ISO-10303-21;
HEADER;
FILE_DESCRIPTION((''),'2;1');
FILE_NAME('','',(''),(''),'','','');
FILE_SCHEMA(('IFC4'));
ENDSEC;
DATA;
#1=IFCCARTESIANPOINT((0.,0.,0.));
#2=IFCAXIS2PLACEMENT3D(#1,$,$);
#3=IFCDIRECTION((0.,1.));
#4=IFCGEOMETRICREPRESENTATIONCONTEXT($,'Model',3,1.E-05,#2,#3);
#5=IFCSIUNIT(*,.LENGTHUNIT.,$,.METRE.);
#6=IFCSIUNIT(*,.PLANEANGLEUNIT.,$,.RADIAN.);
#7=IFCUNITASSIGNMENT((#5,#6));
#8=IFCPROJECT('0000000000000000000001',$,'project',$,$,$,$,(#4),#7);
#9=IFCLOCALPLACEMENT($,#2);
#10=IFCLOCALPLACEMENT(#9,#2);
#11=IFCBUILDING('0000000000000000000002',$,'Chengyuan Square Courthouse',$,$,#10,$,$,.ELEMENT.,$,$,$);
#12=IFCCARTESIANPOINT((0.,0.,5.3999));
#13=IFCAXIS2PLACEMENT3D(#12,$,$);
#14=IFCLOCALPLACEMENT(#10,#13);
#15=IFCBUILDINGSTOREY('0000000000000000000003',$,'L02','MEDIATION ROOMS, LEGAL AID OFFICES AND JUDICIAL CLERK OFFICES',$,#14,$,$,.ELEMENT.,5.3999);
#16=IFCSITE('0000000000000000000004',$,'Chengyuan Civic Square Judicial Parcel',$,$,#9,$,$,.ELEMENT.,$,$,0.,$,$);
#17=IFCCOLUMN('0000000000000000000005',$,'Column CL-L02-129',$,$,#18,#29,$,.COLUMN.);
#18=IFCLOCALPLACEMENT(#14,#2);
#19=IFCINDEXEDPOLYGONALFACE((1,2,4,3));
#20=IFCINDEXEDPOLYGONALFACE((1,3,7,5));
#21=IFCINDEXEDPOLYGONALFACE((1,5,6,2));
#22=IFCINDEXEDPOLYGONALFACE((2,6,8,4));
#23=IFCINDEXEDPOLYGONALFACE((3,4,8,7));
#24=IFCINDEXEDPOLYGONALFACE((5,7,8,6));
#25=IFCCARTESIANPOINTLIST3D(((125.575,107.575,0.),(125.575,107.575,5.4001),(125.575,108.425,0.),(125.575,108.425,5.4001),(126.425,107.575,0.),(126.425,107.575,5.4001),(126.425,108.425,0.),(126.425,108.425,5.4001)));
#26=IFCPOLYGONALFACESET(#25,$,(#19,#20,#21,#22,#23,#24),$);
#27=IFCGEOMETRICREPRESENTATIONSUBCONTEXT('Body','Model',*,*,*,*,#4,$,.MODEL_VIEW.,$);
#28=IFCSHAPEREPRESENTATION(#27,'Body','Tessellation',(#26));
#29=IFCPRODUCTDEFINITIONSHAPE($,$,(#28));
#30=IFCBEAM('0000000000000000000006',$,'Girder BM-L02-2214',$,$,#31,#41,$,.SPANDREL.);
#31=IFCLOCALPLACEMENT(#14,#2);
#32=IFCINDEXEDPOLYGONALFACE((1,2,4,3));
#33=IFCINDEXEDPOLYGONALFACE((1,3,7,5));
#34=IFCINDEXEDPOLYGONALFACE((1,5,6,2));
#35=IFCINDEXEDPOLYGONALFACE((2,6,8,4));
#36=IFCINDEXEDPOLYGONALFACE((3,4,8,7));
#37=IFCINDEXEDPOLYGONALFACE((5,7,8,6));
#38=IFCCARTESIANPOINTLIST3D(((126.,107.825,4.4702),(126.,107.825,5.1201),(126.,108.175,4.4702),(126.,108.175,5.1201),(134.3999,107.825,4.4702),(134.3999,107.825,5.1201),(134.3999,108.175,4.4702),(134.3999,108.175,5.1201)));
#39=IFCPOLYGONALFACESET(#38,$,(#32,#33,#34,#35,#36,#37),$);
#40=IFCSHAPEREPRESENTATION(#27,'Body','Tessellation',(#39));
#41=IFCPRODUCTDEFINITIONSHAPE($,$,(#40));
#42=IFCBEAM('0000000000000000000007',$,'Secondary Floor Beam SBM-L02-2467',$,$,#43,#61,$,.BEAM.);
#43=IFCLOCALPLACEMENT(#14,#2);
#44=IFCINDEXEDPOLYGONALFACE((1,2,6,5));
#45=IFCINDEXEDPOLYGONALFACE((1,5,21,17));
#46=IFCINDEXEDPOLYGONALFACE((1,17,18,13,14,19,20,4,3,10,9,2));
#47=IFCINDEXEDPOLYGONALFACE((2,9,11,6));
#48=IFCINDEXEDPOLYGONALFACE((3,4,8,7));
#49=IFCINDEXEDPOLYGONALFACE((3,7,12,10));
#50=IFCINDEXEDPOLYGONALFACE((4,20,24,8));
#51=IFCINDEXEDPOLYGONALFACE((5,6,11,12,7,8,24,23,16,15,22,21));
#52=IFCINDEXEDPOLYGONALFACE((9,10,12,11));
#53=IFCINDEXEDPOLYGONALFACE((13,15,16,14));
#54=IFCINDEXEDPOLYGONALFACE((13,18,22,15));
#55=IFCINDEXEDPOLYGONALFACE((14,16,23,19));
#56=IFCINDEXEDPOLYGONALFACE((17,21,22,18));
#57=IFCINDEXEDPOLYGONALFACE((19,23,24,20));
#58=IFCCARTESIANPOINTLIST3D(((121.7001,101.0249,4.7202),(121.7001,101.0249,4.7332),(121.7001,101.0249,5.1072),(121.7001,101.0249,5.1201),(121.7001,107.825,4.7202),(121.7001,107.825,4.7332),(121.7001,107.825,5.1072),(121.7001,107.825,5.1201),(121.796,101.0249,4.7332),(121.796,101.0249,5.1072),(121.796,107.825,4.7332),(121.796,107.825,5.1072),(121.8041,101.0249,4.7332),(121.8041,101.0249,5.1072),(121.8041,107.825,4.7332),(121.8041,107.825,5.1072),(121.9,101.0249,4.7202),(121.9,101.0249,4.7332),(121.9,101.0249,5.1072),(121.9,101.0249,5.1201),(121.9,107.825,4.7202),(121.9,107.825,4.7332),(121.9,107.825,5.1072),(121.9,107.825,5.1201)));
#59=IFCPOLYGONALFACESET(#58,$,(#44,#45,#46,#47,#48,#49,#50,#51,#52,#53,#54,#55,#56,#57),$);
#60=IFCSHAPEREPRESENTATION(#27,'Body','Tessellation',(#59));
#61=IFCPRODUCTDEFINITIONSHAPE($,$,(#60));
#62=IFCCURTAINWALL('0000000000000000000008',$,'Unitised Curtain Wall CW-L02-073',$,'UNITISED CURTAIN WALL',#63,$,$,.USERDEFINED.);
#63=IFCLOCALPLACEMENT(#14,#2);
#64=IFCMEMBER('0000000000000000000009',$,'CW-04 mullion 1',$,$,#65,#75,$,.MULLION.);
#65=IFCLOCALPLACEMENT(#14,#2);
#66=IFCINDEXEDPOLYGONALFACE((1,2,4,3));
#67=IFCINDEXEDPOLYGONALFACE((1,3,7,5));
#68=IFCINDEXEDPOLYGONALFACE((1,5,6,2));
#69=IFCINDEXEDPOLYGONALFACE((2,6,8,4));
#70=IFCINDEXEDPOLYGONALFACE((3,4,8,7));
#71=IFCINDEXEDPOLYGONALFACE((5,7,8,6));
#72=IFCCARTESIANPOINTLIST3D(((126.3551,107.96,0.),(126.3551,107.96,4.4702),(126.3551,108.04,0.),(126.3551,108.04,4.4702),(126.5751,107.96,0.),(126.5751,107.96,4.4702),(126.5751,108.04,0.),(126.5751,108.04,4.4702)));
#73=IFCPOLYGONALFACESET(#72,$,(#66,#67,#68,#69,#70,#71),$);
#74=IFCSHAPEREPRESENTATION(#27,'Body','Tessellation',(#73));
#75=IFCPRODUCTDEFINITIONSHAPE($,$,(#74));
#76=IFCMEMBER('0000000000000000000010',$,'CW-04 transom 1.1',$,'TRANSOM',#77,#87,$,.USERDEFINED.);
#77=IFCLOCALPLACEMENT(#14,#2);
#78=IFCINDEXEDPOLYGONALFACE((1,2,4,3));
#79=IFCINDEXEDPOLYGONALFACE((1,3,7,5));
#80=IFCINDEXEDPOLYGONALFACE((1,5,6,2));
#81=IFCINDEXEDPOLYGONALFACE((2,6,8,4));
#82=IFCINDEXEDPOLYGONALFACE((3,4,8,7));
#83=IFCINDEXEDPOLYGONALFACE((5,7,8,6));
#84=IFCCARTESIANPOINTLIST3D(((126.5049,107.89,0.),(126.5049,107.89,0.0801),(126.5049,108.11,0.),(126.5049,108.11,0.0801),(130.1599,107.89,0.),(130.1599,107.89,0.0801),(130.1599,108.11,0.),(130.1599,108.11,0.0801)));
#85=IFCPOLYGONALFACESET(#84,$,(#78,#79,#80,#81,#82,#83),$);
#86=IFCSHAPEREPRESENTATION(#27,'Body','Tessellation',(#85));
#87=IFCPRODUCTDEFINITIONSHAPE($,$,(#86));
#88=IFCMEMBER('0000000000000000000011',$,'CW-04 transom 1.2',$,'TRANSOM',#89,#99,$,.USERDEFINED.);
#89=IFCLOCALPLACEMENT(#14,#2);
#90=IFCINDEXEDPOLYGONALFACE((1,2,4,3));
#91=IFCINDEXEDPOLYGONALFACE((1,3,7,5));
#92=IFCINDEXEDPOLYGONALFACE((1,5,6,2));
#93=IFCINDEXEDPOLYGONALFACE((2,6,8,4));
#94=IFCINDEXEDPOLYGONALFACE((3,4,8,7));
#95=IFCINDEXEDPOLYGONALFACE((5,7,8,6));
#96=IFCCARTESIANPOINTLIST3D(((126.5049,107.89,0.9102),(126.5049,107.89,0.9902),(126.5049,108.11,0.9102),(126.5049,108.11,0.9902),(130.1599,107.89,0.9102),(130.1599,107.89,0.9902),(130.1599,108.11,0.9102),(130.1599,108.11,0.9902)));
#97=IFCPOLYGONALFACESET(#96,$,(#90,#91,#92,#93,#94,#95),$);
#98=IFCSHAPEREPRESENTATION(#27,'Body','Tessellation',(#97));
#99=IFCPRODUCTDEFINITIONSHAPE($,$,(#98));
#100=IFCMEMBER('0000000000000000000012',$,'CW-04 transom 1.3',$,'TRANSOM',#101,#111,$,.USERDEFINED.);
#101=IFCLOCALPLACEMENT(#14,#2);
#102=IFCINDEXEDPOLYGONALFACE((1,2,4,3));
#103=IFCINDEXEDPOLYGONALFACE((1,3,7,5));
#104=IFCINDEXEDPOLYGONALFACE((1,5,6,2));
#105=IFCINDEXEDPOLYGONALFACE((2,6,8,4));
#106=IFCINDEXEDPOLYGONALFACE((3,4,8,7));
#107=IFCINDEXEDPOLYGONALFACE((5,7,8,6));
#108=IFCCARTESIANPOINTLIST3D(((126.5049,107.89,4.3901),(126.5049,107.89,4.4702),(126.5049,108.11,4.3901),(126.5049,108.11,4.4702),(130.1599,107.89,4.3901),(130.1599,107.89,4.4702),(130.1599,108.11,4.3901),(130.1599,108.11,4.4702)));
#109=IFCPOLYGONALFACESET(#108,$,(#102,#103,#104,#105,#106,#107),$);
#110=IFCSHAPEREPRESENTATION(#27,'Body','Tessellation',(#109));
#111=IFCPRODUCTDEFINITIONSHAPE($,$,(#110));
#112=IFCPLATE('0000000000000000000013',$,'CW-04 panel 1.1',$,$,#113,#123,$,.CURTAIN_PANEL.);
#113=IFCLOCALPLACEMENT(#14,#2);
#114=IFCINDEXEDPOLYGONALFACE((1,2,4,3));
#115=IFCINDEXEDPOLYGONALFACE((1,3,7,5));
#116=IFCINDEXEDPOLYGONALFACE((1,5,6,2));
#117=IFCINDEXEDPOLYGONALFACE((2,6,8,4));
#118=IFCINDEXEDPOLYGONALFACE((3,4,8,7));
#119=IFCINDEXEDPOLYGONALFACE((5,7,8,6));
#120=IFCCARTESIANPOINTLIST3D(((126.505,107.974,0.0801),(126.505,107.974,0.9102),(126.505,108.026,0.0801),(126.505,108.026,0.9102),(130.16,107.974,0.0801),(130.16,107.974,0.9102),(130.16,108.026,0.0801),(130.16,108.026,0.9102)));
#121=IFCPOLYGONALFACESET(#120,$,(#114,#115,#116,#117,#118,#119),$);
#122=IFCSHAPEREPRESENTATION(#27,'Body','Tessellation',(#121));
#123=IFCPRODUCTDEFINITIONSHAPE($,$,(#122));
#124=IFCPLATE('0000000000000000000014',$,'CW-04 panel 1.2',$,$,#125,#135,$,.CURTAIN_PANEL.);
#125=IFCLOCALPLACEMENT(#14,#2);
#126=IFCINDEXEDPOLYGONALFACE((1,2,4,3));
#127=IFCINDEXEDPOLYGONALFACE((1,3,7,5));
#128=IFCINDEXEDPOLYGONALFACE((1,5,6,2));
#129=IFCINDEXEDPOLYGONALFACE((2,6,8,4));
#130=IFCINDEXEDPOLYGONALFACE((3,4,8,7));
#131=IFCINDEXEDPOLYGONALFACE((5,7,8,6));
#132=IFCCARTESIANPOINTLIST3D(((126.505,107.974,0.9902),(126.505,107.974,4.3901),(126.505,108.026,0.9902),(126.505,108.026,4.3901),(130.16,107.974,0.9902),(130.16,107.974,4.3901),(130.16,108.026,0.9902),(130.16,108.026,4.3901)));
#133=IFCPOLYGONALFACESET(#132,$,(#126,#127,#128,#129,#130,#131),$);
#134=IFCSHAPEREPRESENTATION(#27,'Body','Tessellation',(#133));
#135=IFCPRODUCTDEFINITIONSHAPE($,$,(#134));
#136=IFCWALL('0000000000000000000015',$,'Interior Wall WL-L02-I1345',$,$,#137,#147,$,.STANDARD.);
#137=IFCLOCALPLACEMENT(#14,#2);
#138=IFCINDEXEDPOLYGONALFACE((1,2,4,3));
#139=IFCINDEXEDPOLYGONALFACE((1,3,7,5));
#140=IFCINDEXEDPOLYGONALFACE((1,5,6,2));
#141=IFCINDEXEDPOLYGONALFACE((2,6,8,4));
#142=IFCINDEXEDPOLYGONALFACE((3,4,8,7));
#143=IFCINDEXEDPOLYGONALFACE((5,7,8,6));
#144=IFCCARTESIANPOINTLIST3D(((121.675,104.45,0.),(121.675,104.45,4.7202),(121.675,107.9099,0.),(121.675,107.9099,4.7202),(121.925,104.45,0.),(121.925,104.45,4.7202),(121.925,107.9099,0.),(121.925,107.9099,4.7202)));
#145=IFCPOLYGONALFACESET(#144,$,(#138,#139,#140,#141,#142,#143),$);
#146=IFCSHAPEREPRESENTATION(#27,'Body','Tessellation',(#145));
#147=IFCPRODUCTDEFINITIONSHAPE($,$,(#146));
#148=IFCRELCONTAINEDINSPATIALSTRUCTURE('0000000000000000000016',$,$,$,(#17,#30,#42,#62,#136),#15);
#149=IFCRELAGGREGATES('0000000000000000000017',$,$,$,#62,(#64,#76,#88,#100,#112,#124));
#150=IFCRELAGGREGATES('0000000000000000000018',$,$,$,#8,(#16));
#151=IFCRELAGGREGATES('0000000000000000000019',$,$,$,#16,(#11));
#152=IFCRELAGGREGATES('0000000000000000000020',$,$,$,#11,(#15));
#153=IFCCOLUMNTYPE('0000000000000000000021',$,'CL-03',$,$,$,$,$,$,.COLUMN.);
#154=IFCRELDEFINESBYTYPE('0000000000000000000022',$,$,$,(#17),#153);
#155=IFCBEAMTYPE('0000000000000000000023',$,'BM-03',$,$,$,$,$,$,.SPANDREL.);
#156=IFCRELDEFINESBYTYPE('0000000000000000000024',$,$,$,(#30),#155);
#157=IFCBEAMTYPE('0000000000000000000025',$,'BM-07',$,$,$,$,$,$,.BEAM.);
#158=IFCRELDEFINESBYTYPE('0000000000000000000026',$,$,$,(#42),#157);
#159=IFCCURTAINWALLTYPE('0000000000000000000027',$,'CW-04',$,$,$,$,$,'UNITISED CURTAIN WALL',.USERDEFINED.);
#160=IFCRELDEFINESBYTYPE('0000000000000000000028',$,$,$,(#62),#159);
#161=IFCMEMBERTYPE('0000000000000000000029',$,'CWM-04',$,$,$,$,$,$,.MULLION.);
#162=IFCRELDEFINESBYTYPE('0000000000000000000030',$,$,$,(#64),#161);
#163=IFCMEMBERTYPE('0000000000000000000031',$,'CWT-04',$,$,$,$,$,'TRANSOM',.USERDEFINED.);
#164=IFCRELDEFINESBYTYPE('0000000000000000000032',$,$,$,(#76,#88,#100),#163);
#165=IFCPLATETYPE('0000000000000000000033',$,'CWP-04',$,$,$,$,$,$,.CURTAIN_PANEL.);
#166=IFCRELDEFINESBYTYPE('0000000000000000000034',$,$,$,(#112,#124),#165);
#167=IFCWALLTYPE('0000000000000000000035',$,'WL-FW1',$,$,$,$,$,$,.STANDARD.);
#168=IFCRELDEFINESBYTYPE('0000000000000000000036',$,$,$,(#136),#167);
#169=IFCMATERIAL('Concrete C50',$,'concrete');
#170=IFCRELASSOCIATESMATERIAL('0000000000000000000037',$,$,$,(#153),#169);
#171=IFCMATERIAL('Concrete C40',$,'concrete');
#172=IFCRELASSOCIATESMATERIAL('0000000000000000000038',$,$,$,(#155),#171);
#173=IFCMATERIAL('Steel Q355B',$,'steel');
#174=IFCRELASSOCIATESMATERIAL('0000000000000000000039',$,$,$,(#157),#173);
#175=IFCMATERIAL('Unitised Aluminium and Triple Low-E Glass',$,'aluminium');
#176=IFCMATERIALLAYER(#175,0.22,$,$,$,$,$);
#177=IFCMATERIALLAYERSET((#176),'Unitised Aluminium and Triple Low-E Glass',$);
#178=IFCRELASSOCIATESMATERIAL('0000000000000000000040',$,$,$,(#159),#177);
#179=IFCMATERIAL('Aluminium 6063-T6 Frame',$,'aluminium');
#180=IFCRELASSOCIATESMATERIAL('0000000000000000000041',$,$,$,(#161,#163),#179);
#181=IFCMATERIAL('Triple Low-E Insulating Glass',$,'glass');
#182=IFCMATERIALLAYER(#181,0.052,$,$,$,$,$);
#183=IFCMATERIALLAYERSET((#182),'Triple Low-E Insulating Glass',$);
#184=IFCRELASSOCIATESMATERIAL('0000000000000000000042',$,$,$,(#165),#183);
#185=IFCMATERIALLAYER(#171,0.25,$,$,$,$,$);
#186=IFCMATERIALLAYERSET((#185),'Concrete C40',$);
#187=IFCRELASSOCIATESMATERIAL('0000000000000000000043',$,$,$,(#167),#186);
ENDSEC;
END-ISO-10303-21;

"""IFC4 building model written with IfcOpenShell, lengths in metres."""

from ifc_helpers import new_model, si_unit, direction, frame, frame_2d, origin, origin_2d, place, context, subcontext, project, spatial, rectangle, i_section, extrude, material, layer, layer_set, material_profile, profile_set, type_object, element, aggregate, save


model = new_model("IFC4")

# Units and contexts
model_context = context("Model", 3, precision=1e-05, world=origin(), true_north=direction((0.0, 1.0)))
body_context = subcontext(model_context, "Body", "Model", "MODEL_VIEW")
ifc_project = project(units=[si_unit("LENGTHUNIT", "METRE"), si_unit("PLANEANGLEUNIT", "RADIAN")], contexts=[model_context])

# Site, building, storey
site_placement = place(None, origin())
site = spatial("IfcSite", under=ifc_project, at=site_placement, Name="Chengyuan Civic Square Judicial Parcel", CompositionType="ELEMENT", RefElevation=0.0)
building_placement = place(site_placement, origin())
building = spatial("IfcBuilding", under=site, at=building_placement, Name="Chengyuan Square Courthouse", CompositionType="ELEMENT")
storey_placement = place(building_placement, frame((0.0, 0.0, 5.3999)))
storey = spatial("IfcBuildingStorey", under=building, at=storey_placement, Name="L02", Description="MEDIATION ROOMS, LEGAL AID OFFICES AND JUDICIAL CLERK OFFICES", CompositionType="ELEMENT", Elevation=5.3999)

# Column
ifc_material_1 = material(Name="Concrete C50", Category="concrete")
ifc_material_profile_1 = material_profile(ifc_material_1, rectangle(XDim=0.8501, YDim=0.8501, at=origin_2d()), Name="RC-COL-850x850")
ifc_profile_set_1 = profile_set([ifc_material_profile_1], Name="Concrete C50")
column_type = type_object("IfcColumnType", Name="CL-03", PredefinedType="COLUMN", material=ifc_profile_set_1)
column_placement = place(storey_placement, frame((126.0, 108.0, 0.0), z_axis=(0.0, 0.0, 1.0), x_axis=(1.0, 0.0, 0.0)))
element("IfcColumn", 1, at=column_placement, inside=storey, type_object=column_type, Name="Column CL-L02-129", PredefinedType="COLUMN", context=body_context, shape_type="SweptSolid", body=[
    extrude(rectangle(XDim=0.8501, YDim=0.8501, at=origin_2d()), origin(), (0.0, 0.0, 1.0), 5.4001),
])

# Beams
ifc_material_2 = material(Name="Concrete C40", Category="concrete")
ifc_material_profile_2 = material_profile(ifc_material_2, rectangle(XDim=0.3501, YDim=0.6499, at=origin_2d()), Name="RC-BM-350x650")
ifc_profile_set_2 = profile_set([ifc_material_profile_2], Name="Concrete C40")
beam_type_1 = type_object("IfcBeamType", Name="BM-03", PredefinedType="SPANDREL", material=ifc_profile_set_2)
beam_1_placement = place(storey_placement, frame((126.0, 108.0, 4.7952), z_axis=(1.0, 0.0, 0.0), x_axis=(0.0, 1.0, 0.0)))
element("IfcBeam", 2, at=beam_1_placement, inside=storey, type_object=beam_type_1, Name="Girder BM-L02-2214", PredefinedType="SPANDREL", context=body_context, shape_type="SweptSolid", body=[
    extrude(rectangle(XDim=0.3501, YDim=0.6499, at=origin_2d()), origin(), (0.0, 0.0, 1.0), 8.3999),
])
ifc_material_3 = material(Name="Steel Q355B", Category="steel")
ifc_material_profile_3 = material_profile(ifc_material_3, i_section(OverallWidth=0.2, OverallDepth=0.3999, WebThickness=0.0081, FlangeThickness=0.0129, at=origin_2d()), Name="HN 400x200x8x13")
ifc_profile_set_3 = profile_set([ifc_material_profile_3], Name="Steel Q355B")
beam_type_2 = type_object("IfcBeamType", Name="BM-07", PredefinedType="BEAM", material=ifc_profile_set_3)
beam_2_placement = place(storey_placement, frame((121.8, 101.0249, 4.9202), z_axis=(0.0, 1.0, 0.0), x_axis=(-1.0, 0.0, 0.0)))
element("IfcBeam", 3, at=beam_2_placement, inside=storey, type_object=beam_type_2, Name="Secondary Floor Beam SBM-L02-2467", PredefinedType="BEAM", context=body_context, shape_type="SweptSolid", body=[
    extrude(i_section(OverallWidth=0.2, OverallDepth=0.3999, WebThickness=0.0081, FlangeThickness=0.0129, at=origin_2d()), origin(), (0.0, 0.0, 1.0), 6.8),
])

# Curtain wall, members, plates
ifc_material_4 = material(Name="Unitised Aluminium and Triple Low-E Glass", Category="aluminium")
ifc_layer_1 = layer(ifc_material_4, 0.22)
ifc_layer_set_1 = layer_set([ifc_layer_1], Name="Unitised Aluminium and Triple Low-E Glass")
curtain_wall_type = type_object("IfcCurtainWallType", Name="CW-04", ElementType="UNITISED CURTAIN WALL", PredefinedType="USERDEFINED", material=ifc_layer_set_1)
curtain_wall_placement = place(storey_placement, origin())
curtain_wall = element("IfcCurtainWall", 4, at=curtain_wall_placement, inside=storey, type_object=curtain_wall_type, Name="Unitised Curtain Wall CW-L02-073", ObjectType="UNITISED CURTAIN WALL", PredefinedType="USERDEFINED")
ifc_material_5 = material(Name="Aluminium 6063-T6 Frame", Category="aluminium")
ifc_material_profile_4 = material_profile(ifc_material_5, rectangle(XDim=0.0801, YDim=0.22, at=origin_2d()), Name="CW-MUL-80x220")
ifc_profile_set_4 = profile_set([ifc_material_profile_4], Name="Aluminium 6063-T6 Frame")
member_type_1 = type_object("IfcMemberType", Name="CWM-04", PredefinedType="MULLION", material=ifc_profile_set_4)
member_1_placement = place(storey_placement, frame((126.4651, 108.0, 0.0), z_axis=(0.0, 0.0, 1.0), x_axis=(0.0, 1.0, 0.0)))
member_1 = element("IfcMember", 5, at=member_1_placement, type_object=member_type_1, Name="CW-04 mullion 1", PredefinedType="MULLION", context=body_context, shape_type="SweptSolid", body=[
    extrude(rectangle(XDim=0.0801, YDim=0.22, at=origin_2d()), origin(), (0.0, 0.0, 1.0), 4.4702),
])
ifc_material_profile_5 = material_profile(ifc_material_5, rectangle(XDim=0.22, YDim=0.0801, at=origin_2d()), Name="CW-TRN-80x180")
ifc_profile_set_5 = profile_set([ifc_material_profile_5], Name="Aluminium 6063-T6 Frame")
member_type_2 = type_object("IfcMemberType", Name="CWT-04", ElementType="TRANSOM", PredefinedType="USERDEFINED", material=ifc_profile_set_5)
member_2_placement = place(storey_placement, frame((126.5049, 108.0, 0.04), z_axis=(1.0, 0.0, 0.0), x_axis=(0.0, 1.0, 0.0)))
member_2 = element("IfcMember", 6, at=member_2_placement, type_object=member_type_2, Name="CW-04 transom 1.1", ObjectType="TRANSOM", PredefinedType="USERDEFINED", context=body_context, shape_type="SweptSolid", body=[
    extrude(rectangle(XDim=0.22, YDim=0.0801, at=origin_2d()), origin(), (0.0, 0.0, 1.0), 3.655),
])
member_3_placement = place(storey_placement, frame((126.5049, 108.0, 0.9502), z_axis=(1.0, 0.0, 0.0), x_axis=(0.0, 1.0, 0.0)))
member_3 = element("IfcMember", 7, at=member_3_placement, type_object=member_type_2, Name="CW-04 transom 1.2", ObjectType="TRANSOM", PredefinedType="USERDEFINED", context=body_context, shape_type="SweptSolid", body=[
    extrude(rectangle(XDim=0.22, YDim=0.0801, at=origin_2d()), origin(), (0.0, 0.0, 1.0), 3.655),
])
member_4_placement = place(storey_placement, frame((126.5049, 108.0, 4.4302), z_axis=(1.0, 0.0, 0.0), x_axis=(0.0, 1.0, 0.0)))
member_4 = element("IfcMember", 8, at=member_4_placement, type_object=member_type_2, Name="CW-04 transom 1.3", ObjectType="TRANSOM", PredefinedType="USERDEFINED", context=body_context, shape_type="SweptSolid", body=[
    extrude(rectangle(XDim=0.22, YDim=0.0801, at=origin_2d()), origin(), (0.0, 0.0, 1.0), 3.655),
])
ifc_material_6 = material(Name="Triple Low-E Insulating Glass", Category="glass")
ifc_layer_2 = layer(ifc_material_6, 0.052)
ifc_layer_set_2 = layer_set([ifc_layer_2], Name="Triple Low-E Insulating Glass")
plate_type = type_object("IfcPlateType", Name="CWP-04", PredefinedType="CURTAIN_PANEL", material=ifc_layer_set_2)
plate_1_placement = place(storey_placement, frame((128.3325, 108.0, 0.0801), z_axis=(0.0, 0.0, 1.0), x_axis=(1.0, 0.0, 0.0)))
plate_1 = element("IfcPlate", 9, at=plate_1_placement, type_object=plate_type, Name="CW-04 panel 1.1", PredefinedType="CURTAIN_PANEL", context=body_context, shape_type="SweptSolid", body=[
    extrude(rectangle(XDim=3.655, YDim=0.052, at=origin_2d()), origin(), (0.0, 0.0, 1.0), 0.8301),
])
plate_2_placement = place(storey_placement, frame((128.3325, 108.0, 0.9902), z_axis=(0.0, 0.0, 1.0), x_axis=(1.0, 0.0, 0.0)))
plate_2 = element("IfcPlate", 10, at=plate_2_placement, type_object=plate_type, Name="CW-04 panel 1.2", PredefinedType="CURTAIN_PANEL", context=body_context, shape_type="SweptSolid", body=[
    extrude(rectangle(XDim=3.655, YDim=0.052, at=origin_2d()), origin(), (0.0, 0.0, 1.0), 3.3999),
])
aggregate(curtain_wall, [member_1, member_2, member_3, member_4, plate_1, plate_2])

# Wall
ifc_layer_3 = layer(ifc_material_2, 0.25)
ifc_layer_set_3 = layer_set([ifc_layer_3], Name="Concrete C40")
wall_type_1 = type_object("IfcWallType", Name="WL-FW1", PredefinedType="STANDARD", material=ifc_layer_set_3)
wall_1_placement = place(storey_placement, frame((121.8, 104.45, 0.0), z_axis=(0.0, 0.0, 1.0), x_axis=(0.0, 1.0, 0.0)))
element("IfcWall", 11, at=wall_1_placement, inside=storey, type_object=wall_type_1, Name="Interior Wall WL-L02-I1345", PredefinedType="STANDARD", context=body_context, shape_type="SweptSolid", body=[
    extrude(rectangle(XDim=3.46, YDim=0.25, at=frame_2d((1.73, 0.0))), origin(), (0.0, 0.0, 1.0), 4.7202),
])

save(model, "model.ifc")
